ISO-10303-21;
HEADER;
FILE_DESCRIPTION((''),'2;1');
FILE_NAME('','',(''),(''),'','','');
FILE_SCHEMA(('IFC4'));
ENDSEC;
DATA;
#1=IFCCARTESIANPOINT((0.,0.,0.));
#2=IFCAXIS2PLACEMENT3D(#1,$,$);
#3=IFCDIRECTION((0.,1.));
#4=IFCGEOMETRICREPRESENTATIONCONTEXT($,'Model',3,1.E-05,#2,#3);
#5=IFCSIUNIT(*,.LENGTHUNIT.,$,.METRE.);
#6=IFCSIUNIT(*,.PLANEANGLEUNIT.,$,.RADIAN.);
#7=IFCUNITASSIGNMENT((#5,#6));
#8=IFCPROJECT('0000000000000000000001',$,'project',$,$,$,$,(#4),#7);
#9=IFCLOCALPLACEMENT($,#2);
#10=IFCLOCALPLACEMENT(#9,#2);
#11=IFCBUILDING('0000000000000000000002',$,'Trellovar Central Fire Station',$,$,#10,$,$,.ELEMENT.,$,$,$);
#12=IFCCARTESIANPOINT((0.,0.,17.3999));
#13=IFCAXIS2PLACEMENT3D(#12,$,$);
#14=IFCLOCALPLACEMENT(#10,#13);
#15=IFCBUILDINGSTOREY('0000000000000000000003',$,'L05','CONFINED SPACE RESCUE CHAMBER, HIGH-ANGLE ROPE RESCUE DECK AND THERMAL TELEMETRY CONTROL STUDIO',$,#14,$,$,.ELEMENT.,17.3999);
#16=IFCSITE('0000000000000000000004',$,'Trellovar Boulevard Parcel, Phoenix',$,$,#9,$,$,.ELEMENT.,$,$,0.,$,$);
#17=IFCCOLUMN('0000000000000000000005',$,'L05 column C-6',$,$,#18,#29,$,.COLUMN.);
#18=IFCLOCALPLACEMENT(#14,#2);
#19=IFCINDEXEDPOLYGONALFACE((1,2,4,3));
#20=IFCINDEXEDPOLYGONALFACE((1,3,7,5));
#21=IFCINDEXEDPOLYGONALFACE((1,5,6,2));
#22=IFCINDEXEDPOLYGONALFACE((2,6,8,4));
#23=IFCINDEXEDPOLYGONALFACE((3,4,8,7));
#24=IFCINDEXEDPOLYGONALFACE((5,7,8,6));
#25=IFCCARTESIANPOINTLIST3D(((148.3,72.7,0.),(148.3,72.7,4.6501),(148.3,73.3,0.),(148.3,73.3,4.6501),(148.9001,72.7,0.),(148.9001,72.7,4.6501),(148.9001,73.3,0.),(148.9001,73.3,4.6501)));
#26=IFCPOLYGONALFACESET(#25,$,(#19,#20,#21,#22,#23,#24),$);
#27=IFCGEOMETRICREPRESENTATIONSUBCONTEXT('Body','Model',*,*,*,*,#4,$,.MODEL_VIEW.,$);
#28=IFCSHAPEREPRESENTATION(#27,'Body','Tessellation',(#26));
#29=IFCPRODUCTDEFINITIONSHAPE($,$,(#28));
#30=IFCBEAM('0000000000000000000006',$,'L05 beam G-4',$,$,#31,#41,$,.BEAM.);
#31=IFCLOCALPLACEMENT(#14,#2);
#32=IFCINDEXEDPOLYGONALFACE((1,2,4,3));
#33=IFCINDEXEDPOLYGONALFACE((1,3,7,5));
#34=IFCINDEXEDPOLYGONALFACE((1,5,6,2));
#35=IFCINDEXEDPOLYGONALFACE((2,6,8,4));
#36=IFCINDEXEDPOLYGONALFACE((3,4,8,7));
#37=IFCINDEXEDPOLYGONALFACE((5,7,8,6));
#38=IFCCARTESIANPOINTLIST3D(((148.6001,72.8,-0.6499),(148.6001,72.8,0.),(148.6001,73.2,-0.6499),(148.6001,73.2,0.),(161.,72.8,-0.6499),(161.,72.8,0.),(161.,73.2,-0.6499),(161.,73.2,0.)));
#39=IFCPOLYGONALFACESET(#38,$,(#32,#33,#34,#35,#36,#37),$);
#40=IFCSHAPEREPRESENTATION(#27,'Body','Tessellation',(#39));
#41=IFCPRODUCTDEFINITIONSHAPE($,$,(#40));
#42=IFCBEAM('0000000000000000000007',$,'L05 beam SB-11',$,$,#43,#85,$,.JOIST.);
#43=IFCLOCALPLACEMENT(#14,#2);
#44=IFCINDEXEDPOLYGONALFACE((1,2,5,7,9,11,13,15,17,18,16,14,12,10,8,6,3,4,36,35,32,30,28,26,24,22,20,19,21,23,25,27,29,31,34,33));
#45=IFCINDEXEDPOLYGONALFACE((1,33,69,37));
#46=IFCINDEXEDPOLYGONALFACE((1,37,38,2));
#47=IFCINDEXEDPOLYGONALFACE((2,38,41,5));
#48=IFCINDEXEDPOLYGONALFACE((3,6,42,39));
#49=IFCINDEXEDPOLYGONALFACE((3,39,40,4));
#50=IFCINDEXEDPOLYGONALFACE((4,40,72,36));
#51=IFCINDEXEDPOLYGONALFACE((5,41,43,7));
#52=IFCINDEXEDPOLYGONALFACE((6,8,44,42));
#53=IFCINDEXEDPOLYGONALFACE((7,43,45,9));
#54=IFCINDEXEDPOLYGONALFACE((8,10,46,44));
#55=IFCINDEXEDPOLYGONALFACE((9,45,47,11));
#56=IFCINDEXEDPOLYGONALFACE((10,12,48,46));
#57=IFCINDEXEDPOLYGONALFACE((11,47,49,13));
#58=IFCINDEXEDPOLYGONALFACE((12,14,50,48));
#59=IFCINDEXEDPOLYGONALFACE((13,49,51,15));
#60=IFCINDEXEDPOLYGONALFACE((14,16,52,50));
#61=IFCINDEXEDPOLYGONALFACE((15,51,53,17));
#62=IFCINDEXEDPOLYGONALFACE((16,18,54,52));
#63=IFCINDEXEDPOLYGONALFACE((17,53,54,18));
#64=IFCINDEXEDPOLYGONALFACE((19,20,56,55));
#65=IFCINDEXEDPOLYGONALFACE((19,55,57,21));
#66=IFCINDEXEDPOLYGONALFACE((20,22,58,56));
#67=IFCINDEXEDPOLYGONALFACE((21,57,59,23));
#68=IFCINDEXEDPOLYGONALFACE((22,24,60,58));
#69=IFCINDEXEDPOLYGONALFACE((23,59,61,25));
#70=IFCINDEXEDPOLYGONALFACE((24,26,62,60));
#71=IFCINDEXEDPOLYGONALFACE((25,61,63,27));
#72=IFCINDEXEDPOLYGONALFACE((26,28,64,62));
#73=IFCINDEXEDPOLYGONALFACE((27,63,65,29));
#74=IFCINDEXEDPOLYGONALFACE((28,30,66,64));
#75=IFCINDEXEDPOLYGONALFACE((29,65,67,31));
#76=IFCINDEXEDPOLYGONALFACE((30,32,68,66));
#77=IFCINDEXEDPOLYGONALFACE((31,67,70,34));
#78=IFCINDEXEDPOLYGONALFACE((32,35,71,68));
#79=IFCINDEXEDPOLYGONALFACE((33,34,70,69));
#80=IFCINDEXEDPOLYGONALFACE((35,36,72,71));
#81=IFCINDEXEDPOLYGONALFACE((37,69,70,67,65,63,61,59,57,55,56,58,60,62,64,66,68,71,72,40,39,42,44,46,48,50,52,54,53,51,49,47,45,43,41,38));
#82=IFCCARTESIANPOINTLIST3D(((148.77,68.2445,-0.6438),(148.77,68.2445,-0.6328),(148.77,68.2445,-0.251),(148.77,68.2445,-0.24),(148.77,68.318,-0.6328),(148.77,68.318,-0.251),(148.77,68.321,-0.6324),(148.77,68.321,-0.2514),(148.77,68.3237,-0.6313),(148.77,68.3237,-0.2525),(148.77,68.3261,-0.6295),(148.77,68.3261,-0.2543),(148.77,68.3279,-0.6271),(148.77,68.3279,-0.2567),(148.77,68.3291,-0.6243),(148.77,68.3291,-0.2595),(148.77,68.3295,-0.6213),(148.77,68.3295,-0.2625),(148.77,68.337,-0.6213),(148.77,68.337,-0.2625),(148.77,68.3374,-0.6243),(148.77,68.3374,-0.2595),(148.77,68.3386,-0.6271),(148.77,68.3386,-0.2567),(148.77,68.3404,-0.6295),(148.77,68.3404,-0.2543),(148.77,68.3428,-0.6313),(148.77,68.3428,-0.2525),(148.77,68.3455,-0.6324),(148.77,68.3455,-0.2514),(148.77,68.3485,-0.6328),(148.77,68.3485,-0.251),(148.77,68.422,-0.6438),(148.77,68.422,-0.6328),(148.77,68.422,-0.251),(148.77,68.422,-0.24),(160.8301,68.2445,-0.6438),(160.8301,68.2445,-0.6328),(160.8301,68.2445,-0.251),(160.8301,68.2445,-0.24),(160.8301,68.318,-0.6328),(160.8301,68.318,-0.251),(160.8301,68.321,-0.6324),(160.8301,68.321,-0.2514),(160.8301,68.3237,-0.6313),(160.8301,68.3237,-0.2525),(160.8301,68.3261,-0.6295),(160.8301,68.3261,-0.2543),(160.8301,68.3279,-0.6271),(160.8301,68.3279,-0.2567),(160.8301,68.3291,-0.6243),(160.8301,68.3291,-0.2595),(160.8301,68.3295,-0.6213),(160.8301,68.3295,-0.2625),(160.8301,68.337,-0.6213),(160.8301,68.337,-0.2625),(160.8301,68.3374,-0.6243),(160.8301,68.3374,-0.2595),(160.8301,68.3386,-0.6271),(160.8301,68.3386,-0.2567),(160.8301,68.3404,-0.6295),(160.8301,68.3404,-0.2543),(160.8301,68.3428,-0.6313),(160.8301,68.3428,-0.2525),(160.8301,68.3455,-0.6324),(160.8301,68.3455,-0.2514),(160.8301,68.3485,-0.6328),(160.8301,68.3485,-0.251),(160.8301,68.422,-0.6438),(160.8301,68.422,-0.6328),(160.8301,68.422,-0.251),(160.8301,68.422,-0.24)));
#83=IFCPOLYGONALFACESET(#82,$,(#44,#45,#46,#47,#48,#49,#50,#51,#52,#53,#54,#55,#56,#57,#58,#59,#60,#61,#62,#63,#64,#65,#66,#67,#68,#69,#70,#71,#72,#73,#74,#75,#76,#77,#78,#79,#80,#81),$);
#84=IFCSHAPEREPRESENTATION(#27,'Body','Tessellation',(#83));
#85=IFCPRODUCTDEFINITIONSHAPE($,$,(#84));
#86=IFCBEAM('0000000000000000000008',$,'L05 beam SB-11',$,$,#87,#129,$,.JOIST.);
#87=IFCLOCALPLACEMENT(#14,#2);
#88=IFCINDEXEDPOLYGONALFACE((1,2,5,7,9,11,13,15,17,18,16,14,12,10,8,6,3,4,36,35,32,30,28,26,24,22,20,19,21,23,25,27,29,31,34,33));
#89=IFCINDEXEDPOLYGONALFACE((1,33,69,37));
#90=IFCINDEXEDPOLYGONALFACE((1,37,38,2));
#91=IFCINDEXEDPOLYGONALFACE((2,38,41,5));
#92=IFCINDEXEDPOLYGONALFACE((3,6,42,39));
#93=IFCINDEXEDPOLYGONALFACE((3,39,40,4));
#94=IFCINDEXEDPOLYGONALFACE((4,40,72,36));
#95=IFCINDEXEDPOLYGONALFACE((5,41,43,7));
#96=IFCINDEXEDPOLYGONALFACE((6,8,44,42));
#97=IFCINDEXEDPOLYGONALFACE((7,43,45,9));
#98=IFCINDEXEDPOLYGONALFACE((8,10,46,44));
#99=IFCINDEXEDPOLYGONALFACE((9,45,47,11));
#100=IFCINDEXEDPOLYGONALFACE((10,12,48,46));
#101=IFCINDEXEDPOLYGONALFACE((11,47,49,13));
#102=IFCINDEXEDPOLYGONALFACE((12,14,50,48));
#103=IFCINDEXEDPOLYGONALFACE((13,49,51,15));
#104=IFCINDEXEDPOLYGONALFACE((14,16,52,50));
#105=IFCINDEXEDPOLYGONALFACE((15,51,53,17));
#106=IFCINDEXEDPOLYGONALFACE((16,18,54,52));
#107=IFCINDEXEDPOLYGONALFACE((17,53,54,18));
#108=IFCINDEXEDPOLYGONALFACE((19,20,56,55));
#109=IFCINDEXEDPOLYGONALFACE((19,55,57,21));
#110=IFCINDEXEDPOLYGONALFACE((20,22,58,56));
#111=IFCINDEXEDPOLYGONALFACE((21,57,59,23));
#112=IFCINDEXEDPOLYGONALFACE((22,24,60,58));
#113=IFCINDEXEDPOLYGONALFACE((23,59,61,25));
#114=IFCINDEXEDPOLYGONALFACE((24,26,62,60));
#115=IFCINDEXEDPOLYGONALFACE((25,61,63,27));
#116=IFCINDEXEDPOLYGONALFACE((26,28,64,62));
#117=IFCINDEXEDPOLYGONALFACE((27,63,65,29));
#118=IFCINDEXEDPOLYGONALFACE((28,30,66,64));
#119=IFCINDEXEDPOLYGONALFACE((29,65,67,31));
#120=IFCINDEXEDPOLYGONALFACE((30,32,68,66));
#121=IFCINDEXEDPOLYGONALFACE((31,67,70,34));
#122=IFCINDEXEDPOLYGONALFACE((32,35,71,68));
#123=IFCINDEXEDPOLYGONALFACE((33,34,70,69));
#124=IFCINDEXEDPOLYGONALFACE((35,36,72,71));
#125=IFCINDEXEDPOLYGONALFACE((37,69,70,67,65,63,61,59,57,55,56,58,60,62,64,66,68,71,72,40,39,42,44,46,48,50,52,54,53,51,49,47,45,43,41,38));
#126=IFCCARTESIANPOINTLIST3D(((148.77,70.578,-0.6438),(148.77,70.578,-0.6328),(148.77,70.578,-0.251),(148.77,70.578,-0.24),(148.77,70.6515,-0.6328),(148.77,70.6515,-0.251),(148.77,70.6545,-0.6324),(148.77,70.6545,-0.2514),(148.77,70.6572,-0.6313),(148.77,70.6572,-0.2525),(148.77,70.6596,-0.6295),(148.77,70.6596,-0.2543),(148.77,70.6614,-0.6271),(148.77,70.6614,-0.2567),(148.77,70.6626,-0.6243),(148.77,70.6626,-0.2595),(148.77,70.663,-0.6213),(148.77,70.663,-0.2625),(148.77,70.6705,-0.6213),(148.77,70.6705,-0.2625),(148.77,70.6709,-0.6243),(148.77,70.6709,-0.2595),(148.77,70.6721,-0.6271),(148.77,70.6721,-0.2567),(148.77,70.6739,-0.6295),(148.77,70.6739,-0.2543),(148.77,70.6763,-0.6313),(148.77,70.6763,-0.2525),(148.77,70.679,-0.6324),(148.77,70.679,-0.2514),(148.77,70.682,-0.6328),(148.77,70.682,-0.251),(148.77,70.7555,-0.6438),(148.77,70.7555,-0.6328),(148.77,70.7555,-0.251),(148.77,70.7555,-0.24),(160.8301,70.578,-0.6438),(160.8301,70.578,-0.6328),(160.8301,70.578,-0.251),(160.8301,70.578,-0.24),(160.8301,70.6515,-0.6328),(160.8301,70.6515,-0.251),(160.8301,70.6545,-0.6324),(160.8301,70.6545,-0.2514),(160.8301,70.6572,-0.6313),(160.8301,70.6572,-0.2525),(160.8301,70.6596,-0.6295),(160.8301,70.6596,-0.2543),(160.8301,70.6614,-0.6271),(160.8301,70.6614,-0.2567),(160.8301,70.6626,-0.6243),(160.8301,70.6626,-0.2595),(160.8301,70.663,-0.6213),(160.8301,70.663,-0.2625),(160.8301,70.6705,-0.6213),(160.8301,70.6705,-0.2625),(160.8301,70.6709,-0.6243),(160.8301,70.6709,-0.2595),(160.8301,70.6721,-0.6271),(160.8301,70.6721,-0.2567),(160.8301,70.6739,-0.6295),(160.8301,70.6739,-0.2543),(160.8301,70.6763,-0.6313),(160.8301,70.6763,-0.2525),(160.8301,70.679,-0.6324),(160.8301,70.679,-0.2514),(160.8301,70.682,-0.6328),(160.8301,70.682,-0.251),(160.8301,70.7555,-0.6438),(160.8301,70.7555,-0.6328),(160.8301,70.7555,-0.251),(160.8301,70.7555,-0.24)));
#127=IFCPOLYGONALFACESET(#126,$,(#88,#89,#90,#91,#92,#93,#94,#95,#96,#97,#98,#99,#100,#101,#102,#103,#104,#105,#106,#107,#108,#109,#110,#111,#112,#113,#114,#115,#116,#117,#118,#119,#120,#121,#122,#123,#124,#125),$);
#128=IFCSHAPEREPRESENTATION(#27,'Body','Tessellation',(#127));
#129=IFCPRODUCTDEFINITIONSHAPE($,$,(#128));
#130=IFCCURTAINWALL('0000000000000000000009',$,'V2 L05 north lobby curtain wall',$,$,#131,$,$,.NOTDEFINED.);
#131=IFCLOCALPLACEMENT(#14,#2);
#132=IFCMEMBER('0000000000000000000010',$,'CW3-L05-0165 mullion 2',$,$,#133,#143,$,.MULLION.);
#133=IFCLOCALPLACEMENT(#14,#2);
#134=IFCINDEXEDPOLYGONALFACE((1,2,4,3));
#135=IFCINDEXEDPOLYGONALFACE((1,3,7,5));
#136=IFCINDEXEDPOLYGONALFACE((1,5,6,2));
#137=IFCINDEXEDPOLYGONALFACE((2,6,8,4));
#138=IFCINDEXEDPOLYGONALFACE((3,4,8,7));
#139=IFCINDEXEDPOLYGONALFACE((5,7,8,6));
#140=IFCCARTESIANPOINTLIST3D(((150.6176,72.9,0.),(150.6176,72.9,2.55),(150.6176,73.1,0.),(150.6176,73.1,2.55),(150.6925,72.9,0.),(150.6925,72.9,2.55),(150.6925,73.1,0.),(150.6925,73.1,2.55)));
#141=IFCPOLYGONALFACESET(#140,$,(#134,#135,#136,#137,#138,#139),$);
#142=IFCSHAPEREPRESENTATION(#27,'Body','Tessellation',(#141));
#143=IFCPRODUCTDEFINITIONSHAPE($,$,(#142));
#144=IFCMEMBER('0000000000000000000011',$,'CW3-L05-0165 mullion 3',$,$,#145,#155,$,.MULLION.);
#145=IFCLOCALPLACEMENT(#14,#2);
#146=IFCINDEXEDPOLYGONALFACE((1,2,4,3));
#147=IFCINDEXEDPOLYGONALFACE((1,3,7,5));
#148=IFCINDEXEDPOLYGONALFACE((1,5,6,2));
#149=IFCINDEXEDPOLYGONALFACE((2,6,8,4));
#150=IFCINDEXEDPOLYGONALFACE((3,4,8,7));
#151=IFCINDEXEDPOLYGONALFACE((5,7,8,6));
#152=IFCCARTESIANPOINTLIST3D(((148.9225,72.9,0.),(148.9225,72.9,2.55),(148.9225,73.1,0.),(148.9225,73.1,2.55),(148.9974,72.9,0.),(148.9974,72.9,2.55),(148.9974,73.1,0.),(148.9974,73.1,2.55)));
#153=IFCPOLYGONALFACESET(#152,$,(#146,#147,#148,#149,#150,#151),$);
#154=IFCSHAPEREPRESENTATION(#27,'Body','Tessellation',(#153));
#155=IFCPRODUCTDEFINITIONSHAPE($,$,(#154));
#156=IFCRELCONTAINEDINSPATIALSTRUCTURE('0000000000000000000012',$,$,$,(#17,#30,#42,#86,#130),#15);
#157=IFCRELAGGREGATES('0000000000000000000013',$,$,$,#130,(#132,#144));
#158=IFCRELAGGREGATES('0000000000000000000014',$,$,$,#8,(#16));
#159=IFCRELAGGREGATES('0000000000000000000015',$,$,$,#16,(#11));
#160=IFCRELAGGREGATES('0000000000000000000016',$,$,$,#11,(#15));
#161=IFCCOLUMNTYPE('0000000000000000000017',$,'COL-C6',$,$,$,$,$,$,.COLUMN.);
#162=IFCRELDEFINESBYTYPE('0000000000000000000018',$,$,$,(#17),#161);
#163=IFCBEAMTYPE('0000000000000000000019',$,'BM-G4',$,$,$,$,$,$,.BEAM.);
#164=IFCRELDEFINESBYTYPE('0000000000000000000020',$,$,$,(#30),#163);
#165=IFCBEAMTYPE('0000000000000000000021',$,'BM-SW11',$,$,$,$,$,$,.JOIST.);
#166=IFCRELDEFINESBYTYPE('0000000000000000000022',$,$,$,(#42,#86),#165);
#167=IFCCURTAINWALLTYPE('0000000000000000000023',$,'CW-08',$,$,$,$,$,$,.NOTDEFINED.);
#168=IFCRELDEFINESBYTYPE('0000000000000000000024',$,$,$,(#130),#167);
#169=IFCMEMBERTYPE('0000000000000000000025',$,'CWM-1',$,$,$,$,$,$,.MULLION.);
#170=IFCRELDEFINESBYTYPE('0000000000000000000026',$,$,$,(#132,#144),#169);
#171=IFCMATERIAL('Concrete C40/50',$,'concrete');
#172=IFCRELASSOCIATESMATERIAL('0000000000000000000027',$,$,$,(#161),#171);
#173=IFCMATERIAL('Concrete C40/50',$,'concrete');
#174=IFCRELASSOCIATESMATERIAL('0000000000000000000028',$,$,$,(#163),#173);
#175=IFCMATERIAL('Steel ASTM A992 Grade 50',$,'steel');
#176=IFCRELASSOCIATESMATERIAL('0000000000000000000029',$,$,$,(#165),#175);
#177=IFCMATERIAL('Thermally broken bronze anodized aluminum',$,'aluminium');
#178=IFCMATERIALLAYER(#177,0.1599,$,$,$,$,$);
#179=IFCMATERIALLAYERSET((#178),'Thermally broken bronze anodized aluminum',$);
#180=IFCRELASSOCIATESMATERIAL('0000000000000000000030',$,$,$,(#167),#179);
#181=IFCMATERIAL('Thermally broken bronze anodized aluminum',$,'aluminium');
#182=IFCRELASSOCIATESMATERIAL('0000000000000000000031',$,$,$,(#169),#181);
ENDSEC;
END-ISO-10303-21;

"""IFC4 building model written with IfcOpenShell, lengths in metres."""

from ifc_helpers import new_model, si_unit, direction, frame, origin, origin_2d, place, context, subcontext, project, spatial, rectangle, i_section, extrude, material, layer, layer_set, material_profile, profile_set, type_object, element, aggregate, save


model = new_model("IFC4")

# Units and contexts
model_context = context("Model", 3, precision=1e-05, world=origin(), true_north=direction((0.0, 1.0)))
body_context = subcontext(model_context, "Body", "Model", "MODEL_VIEW")
ifc_project = project(units=[si_unit("LENGTHUNIT", "METRE"), si_unit("PLANEANGLEUNIT", "RADIAN")], contexts=[model_context])

# Site, building, storey
site_placement = place(None, origin())
site = spatial("IfcSite", under=ifc_project, at=site_placement, Name="Trellovar Boulevard Parcel, Phoenix", CompositionType="ELEMENT", RefElevation=0.0)
building_placement = place(site_placement, origin())
building = spatial("IfcBuilding", under=site, at=building_placement, Name="Trellovar Central Fire Station", CompositionType="ELEMENT")
storey_placement = place(building_placement, frame((0.0, 0.0, 17.3999)))
storey = spatial("IfcBuildingStorey", under=building, at=storey_placement, Name="L05", Description="CONFINED SPACE RESCUE CHAMBER, HIGH-ANGLE ROPE RESCUE DECK AND THERMAL TELEMETRY CONTROL STUDIO", CompositionType="ELEMENT", Elevation=17.3999)

# Column
ifc_material_1 = material(Name="Concrete C40/50", Category="concrete")
ifc_material_profile_1 = material_profile(ifc_material_1, rectangle(XDim=0.6001, YDim=0.6001, at=origin_2d()), Name="RC600X600")
ifc_profile_set_1 = profile_set([ifc_material_profile_1], Name="Concrete C40/50")
column_type = type_object("IfcColumnType", Name="COL-C6", PredefinedType="COLUMN", material=ifc_profile_set_1)
column_placement = place(storey_placement, frame((148.6001, 73.0, 0.0), z_axis=(0.0, 0.0, 1.0), x_axis=(1.0, 0.0, 0.0)))
element("IfcColumn", 1, at=column_placement, inside=storey, type_object=column_type, Name="L05 column C-6", PredefinedType="COLUMN", context=body_context, shape_type="SweptSolid", body=[
    extrude(rectangle(XDim=0.6001, YDim=0.6001, at=origin_2d()), origin(), (0.0, 0.0, 1.0), 4.6501),
])

# Beams
ifc_material_2 = material(Name="Concrete C40/50", Category="concrete")
ifc_material_profile_2 = material_profile(ifc_material_2, rectangle(XDim=0.3999, YDim=0.6499, at=origin_2d()), Name="RC400X650")
ifc_profile_set_2 = profile_set([ifc_material_profile_2], Name="Concrete C40/50")
beam_type_1 = type_object("IfcBeamType", Name="BM-G4", PredefinedType="BEAM", material=ifc_profile_set_2)
beam_placement = place(storey_placement, frame((148.6001, 73.0, -0.325), z_axis=(1.0, 0.0, 0.0), x_axis=(0.0, 1.0, 0.0)))
element("IfcBeam", 2, at=beam_placement, inside=storey, type_object=beam_type_1, Name="L05 beam G-4", PredefinedType="BEAM", context=body_context, shape_type="SweptSolid", body=[
    extrude(rectangle(XDim=0.3999, YDim=0.6499, at=origin_2d()), origin(), (0.0, 0.0, 1.0), 12.3999),
])
ifc_material_3 = material(Name="Steel ASTM A992 Grade 50", Category="steel")
ifc_material_profile_3 = material_profile(ifc_material_3, i_section(OverallWidth=0.1775, OverallDepth=0.4038, WebThickness=0.0076, FlangeThickness=0.011, FilletRadius=0.0115, at=origin_2d()), Name="W16X36")
ifc_profile_set_3 = profile_set([ifc_material_profile_3], Name="Steel ASTM A992 Grade 50")
beam_type_2 = type_object("IfcBeamType", Name="BM-SW11", PredefinedType="JOIST", material=ifc_profile_set_3)
for number, where, z_axis, x_axis, name in (
    (3, (148.77, 68.3333, -0.4419), (1.0, 0.0, 0.0), (0.0, 1.0, 0.0), "L05 beam SB-11"),
    (4, (148.77, 70.6667, -0.4419), (1.0, 0.0, 0.0), (0.0, 1.0, 0.0), "L05 beam SB-11"),
):
    element("IfcBeam", number, at=place(storey_placement, frame(where, z_axis=z_axis, x_axis=x_axis)), inside=storey, type_object=beam_type_2, Name=name, PredefinedType="JOIST", context=body_context, shape_type="SweptSolid", body=[
        extrude(i_section(OverallWidth=0.1775, OverallDepth=0.4038, WebThickness=0.0076, FlangeThickness=0.011, FilletRadius=0.0115, at=origin_2d()), origin(), (0.0, 0.0, 1.0), 12.0601),
    ])

# Curtain wall, members
ifc_material_4 = material(Name="Thermally broken bronze anodized aluminum", Category="aluminium")
ifc_layer_1 = layer(ifc_material_4, 0.1599)
ifc_layer_set_1 = layer_set([ifc_layer_1], Name="Thermally broken bronze anodized aluminum")
curtain_wall_type = type_object("IfcCurtainWallType", Name="CW-08", PredefinedType="NOTDEFINED", material=ifc_layer_set_1)
curtain_wall_placement = place(storey_placement, origin())
curtain_wall = element("IfcCurtainWall", 5, at=curtain_wall_placement, inside=storey, type_object=curtain_wall_type, Name="V2 L05 north lobby curtain wall", PredefinedType="NOTDEFINED")
ifc_material_5 = material(Name="Thermally broken bronze anodized aluminum", Category="aluminium")
ifc_material_profile_4 = material_profile(ifc_material_5, rectangle(XDim=0.075, YDim=0.2, at=origin_2d()), Name="ALU75X200")
ifc_profile_set_4 = profile_set([ifc_material_profile_4], Name="Thermally broken bronze anodized aluminum")
member_type_1 = type_object("IfcMemberType", Name="CWM-1", PredefinedType="MULLION", material=ifc_profile_set_4)
member_1_placement = place(storey_placement, frame((150.655, 73.0, 0.0), z_axis=(0.0, 0.0, 1.0), x_axis=(1.0, 0.0, 0.0)))
member_1 = element("IfcMember", 6, at=member_1_placement, type_object=member_type_1, Name="CW3-L05-0165 mullion 2", PredefinedType="MULLION", context=body_context, shape_type="SweptSolid", body=[
    extrude(rectangle(XDim=0.075, YDim=0.2, at=origin_2d()), origin(), (0.0, 0.0, 1.0), 2.55),
])
member_2_placement = place(storey_placement, frame((148.96, 73.0, 0.0), z_axis=(0.0, 0.0, 1.0), x_axis=(1.0, 0.0, 0.0)))
member_2 = element("IfcMember", 7, at=member_2_placement, type_object=member_type_1, Name="CW3-L05-0165 mullion 3", PredefinedType="MULLION", context=body_context, shape_type="SweptSolid", body=[
    extrude(rectangle(XDim=0.075, YDim=0.2, at=origin_2d()), origin(), (0.0, 0.0, 1.0), 2.55),
])

aggregate(curtain_wall, [member_1, member_2])

save(model, "model.ifc")
